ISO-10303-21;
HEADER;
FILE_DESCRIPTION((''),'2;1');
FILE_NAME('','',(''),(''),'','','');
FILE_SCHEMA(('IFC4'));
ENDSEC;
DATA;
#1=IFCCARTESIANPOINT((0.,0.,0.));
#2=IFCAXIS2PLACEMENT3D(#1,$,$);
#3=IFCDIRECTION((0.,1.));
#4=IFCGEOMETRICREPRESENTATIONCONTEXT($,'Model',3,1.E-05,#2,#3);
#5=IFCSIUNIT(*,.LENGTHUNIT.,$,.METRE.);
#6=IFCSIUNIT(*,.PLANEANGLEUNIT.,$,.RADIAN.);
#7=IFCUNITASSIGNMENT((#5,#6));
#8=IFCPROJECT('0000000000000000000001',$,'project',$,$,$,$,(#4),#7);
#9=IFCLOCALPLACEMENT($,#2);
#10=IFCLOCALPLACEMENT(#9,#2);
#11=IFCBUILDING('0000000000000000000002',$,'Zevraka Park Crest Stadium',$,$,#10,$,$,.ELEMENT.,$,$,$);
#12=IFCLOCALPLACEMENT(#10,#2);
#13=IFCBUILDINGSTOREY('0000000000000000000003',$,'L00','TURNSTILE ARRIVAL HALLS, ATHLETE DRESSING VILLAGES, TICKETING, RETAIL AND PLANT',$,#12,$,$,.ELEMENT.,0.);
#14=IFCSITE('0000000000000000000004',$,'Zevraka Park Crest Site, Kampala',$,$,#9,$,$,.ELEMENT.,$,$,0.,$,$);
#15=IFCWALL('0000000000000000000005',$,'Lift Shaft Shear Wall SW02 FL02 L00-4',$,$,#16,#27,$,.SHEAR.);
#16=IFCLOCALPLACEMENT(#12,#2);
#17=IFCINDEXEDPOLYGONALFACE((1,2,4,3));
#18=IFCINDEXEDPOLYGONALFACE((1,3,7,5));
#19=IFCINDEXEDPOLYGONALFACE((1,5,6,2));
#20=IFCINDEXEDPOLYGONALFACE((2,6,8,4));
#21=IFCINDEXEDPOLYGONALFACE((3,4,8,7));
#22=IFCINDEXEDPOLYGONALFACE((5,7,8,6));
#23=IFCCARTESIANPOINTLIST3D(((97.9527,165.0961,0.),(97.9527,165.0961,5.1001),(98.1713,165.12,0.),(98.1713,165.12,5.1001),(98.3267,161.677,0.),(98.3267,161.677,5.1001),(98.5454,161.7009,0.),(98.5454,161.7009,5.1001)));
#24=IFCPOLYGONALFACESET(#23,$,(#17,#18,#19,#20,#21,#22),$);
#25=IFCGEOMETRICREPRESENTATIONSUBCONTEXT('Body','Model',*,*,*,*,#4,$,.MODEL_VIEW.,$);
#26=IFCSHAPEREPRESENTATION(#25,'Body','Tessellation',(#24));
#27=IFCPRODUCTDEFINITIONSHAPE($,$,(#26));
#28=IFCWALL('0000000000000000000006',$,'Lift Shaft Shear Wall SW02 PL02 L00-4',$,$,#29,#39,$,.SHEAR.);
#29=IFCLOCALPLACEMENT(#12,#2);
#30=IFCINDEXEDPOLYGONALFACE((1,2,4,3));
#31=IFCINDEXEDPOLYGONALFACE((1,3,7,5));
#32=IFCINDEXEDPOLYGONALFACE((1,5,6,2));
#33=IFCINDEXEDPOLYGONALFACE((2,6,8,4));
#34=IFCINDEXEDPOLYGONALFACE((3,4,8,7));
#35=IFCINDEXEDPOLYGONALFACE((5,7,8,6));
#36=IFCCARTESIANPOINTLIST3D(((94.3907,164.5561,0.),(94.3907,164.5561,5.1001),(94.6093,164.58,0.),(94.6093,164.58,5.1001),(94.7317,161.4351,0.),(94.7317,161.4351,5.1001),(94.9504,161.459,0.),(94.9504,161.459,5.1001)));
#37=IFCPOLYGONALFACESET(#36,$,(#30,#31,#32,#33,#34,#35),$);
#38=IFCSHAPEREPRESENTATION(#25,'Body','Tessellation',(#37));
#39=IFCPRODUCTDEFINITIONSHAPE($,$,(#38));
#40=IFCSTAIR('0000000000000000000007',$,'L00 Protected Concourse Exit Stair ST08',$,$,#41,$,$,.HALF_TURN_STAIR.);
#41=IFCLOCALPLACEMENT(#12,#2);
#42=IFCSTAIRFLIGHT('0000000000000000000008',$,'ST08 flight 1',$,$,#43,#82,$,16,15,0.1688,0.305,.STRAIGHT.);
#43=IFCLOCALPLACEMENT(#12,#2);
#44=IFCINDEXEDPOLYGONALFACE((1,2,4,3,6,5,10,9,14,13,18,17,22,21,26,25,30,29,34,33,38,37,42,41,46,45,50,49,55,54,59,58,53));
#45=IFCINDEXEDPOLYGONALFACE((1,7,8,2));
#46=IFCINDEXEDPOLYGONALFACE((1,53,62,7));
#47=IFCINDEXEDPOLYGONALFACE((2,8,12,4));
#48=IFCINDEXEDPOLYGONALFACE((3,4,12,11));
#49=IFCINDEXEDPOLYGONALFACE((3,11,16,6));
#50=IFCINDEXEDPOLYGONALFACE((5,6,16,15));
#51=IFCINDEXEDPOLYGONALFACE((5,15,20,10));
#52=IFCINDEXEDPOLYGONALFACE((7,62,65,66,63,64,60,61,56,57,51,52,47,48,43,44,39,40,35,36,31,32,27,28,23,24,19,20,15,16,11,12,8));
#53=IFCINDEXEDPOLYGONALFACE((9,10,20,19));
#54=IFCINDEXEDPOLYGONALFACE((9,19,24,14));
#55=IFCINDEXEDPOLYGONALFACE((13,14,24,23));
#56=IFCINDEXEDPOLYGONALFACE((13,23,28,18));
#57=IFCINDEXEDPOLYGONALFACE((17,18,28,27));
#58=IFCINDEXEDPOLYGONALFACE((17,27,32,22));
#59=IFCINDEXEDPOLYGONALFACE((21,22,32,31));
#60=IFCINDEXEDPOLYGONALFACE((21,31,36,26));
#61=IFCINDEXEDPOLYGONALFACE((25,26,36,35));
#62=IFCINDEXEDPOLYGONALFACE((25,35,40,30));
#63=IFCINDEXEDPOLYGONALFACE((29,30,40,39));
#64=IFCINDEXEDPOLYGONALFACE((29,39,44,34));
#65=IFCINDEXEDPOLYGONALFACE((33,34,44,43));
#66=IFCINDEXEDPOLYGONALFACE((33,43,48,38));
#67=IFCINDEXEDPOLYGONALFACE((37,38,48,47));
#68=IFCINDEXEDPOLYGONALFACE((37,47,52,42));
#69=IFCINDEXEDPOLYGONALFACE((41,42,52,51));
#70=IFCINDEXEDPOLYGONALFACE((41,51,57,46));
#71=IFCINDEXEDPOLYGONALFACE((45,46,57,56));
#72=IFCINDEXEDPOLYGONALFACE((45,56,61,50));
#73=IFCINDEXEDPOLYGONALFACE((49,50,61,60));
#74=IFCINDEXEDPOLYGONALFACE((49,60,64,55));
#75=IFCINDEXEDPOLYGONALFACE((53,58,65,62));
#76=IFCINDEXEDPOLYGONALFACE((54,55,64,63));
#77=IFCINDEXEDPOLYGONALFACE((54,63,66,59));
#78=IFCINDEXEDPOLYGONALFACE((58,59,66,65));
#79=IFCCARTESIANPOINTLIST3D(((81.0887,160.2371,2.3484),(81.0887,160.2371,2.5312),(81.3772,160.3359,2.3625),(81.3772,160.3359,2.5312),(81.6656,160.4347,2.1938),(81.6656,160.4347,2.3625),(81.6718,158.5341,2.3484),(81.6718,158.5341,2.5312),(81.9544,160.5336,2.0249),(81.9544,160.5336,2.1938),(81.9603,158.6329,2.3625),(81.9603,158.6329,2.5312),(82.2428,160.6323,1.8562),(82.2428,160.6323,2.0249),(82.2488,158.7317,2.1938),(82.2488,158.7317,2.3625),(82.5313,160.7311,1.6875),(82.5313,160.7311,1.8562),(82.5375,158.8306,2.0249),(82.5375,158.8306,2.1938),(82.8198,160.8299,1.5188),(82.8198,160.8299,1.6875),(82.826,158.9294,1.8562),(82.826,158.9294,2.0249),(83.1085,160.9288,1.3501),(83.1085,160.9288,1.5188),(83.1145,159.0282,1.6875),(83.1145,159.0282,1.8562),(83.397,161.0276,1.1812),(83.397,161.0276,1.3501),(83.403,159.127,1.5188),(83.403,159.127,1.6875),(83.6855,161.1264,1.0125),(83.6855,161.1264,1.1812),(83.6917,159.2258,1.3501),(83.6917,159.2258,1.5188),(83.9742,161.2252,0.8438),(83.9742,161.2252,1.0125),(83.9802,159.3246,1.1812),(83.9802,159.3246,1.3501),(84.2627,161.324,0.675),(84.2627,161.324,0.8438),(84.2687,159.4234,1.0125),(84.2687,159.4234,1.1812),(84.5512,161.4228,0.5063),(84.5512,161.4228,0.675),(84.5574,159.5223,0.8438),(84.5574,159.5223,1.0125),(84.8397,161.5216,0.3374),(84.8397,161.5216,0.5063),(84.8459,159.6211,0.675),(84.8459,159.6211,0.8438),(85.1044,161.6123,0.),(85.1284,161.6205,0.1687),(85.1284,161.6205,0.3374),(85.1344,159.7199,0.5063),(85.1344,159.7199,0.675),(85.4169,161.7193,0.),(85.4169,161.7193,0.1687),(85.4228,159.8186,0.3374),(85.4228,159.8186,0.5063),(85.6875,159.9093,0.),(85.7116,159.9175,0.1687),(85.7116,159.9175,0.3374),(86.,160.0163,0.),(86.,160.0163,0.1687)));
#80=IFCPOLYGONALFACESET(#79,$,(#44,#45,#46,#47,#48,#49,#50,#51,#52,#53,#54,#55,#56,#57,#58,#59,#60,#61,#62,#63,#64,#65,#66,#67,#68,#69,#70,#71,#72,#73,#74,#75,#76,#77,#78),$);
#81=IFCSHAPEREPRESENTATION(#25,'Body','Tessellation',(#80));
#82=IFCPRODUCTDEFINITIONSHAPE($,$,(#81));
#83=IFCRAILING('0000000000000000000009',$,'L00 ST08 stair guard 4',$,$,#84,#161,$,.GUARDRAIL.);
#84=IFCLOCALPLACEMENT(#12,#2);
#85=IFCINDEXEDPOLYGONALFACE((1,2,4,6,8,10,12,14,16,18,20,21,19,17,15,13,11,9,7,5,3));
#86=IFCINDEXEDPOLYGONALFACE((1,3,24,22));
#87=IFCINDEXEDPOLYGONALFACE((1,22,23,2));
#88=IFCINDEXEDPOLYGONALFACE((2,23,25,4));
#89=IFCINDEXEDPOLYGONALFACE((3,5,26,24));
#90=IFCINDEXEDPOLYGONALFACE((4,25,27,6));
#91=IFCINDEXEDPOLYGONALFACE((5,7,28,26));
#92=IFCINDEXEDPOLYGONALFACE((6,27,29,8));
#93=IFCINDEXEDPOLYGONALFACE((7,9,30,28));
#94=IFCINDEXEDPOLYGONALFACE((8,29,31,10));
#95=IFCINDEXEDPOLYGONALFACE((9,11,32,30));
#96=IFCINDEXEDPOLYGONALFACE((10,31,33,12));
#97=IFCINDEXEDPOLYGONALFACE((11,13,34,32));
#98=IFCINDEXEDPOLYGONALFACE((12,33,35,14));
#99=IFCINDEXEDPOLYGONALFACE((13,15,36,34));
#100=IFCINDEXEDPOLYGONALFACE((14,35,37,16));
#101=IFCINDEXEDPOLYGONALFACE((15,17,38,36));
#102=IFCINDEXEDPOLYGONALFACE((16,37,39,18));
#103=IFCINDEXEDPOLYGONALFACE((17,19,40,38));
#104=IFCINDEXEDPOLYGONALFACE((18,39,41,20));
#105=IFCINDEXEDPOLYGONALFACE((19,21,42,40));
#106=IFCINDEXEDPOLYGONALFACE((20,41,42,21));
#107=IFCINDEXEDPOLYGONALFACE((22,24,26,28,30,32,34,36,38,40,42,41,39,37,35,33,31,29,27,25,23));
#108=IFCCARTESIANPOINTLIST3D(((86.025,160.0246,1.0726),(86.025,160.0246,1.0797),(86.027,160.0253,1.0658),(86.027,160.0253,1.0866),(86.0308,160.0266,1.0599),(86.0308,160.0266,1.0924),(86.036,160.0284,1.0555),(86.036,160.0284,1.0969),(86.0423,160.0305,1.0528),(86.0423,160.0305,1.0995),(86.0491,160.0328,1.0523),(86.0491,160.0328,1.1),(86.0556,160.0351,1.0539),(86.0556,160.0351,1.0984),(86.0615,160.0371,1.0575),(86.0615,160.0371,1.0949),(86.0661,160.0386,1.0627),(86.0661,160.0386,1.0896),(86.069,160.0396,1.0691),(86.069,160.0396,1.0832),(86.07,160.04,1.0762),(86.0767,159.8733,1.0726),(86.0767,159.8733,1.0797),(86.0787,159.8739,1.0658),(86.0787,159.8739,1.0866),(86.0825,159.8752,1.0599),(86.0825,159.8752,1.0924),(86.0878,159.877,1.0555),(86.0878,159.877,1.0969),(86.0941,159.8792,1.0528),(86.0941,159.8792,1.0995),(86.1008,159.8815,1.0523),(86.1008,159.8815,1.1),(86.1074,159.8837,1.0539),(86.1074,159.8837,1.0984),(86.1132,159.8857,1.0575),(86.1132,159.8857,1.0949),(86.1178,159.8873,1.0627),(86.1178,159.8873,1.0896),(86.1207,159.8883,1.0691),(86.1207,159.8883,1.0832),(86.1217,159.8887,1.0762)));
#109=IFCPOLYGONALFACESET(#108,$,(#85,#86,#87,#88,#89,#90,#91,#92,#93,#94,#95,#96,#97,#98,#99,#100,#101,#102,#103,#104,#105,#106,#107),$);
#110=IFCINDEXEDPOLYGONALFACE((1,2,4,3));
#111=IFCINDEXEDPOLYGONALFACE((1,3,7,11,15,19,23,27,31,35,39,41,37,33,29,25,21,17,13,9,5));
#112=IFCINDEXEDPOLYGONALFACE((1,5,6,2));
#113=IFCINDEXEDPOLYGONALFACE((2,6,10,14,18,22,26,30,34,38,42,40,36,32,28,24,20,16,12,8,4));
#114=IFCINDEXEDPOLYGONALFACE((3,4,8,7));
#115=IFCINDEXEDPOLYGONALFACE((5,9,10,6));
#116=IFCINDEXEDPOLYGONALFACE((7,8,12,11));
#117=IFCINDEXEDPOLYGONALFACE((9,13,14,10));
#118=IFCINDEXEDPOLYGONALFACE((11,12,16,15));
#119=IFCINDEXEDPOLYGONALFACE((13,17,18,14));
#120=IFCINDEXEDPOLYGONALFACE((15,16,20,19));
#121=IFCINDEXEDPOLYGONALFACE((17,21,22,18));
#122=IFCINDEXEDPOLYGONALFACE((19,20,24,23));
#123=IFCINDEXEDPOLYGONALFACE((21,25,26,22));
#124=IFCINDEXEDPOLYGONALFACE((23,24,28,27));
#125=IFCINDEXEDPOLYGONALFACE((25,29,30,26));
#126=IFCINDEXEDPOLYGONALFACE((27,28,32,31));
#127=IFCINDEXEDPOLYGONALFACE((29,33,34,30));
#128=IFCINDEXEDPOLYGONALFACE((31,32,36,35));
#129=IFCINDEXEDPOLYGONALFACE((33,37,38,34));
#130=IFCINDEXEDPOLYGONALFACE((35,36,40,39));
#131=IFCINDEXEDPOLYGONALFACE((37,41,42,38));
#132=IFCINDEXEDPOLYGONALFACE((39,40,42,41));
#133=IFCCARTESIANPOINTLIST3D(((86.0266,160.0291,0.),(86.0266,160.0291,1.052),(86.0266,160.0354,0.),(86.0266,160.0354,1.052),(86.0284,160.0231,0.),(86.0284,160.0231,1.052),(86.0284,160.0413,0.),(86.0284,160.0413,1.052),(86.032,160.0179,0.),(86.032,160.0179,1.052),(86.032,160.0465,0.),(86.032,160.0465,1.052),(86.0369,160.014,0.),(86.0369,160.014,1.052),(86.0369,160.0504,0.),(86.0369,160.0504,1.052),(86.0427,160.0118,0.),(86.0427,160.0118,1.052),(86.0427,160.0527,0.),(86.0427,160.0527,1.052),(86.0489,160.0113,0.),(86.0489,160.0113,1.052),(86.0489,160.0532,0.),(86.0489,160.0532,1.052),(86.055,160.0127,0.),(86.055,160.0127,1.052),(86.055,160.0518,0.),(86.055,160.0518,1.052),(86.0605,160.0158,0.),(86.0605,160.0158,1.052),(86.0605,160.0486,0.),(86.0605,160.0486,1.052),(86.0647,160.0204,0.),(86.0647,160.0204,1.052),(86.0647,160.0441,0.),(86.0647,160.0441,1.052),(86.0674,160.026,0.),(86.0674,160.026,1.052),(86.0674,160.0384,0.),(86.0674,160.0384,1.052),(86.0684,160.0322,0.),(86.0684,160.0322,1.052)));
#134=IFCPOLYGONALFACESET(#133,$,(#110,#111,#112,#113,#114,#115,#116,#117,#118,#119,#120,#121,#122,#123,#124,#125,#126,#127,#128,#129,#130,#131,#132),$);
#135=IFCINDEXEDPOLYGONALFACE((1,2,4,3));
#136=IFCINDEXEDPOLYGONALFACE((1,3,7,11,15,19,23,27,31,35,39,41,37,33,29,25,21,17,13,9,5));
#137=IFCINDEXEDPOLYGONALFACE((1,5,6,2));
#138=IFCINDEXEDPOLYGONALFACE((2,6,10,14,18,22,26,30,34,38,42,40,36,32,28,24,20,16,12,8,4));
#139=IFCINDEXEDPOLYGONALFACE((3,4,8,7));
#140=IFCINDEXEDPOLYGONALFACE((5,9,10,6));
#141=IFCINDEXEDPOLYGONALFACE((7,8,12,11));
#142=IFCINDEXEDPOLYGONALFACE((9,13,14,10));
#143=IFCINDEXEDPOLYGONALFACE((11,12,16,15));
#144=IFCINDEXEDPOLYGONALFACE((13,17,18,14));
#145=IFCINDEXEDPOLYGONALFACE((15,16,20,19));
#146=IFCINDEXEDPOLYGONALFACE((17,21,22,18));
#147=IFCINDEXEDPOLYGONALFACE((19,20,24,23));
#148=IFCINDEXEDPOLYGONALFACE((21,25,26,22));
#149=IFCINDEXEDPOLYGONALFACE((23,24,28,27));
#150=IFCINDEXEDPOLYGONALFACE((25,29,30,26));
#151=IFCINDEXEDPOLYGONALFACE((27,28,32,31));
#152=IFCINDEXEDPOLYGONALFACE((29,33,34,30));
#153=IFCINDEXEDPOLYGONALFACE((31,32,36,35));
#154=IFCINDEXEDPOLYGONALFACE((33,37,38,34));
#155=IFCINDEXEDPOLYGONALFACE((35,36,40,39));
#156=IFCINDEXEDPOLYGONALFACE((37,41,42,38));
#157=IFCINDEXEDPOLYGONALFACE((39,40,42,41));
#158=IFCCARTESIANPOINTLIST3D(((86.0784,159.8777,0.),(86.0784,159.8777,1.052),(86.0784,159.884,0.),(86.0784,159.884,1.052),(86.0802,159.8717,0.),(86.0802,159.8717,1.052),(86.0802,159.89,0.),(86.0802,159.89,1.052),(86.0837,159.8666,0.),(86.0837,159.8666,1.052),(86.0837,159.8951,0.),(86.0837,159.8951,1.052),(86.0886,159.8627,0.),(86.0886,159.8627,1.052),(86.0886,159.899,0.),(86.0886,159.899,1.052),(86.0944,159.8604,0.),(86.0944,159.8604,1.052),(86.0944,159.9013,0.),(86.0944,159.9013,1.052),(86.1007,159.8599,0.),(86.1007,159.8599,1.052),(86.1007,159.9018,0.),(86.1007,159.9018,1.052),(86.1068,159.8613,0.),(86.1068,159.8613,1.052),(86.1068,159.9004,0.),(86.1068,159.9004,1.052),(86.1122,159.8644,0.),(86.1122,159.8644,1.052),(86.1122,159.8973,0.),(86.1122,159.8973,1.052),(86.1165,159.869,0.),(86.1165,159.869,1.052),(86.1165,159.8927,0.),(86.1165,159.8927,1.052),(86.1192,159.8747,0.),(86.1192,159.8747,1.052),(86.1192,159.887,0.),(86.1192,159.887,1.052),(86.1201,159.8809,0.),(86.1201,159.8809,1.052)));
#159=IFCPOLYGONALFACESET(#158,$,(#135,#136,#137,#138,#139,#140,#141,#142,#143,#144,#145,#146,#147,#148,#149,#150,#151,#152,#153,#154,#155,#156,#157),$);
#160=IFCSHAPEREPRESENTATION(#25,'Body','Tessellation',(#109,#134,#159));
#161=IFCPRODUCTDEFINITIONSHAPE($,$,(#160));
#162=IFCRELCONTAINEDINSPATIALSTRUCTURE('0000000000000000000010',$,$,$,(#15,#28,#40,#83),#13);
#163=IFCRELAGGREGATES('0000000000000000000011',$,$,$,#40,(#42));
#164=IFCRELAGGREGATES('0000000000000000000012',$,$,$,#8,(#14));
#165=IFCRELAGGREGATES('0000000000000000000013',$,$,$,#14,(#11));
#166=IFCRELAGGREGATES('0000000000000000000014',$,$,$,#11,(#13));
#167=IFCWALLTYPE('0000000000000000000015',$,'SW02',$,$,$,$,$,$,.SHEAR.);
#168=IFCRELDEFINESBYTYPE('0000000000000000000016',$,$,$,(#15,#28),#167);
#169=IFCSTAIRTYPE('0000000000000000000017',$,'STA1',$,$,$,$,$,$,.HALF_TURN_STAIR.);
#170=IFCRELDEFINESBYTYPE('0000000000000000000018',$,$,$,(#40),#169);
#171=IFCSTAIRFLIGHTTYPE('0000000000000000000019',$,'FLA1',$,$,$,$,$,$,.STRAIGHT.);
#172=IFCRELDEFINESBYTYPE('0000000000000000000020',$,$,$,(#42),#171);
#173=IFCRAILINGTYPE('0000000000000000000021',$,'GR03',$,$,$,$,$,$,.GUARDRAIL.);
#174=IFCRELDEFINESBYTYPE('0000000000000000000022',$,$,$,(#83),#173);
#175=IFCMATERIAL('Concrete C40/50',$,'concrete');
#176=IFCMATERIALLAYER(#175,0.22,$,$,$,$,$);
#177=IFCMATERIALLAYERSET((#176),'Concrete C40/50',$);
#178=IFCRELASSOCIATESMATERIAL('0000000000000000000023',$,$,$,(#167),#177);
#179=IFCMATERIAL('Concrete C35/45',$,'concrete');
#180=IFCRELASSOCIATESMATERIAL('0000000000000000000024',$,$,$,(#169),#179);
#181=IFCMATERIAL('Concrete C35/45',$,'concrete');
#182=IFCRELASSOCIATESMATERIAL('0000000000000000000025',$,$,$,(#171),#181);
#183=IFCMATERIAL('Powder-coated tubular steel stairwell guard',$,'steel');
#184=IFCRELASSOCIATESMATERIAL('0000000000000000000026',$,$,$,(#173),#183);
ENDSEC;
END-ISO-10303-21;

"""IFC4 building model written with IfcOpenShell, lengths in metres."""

from ifc_helpers import new_model, si_unit, direction, frame, frame_2d, origin, origin_2d, place, context, subcontext, project, spatial, polyline, rectangle, circle, outline, extrude, material, layer, layer_set, type_object, element, aggregate, save


model = new_model("IFC4")

# Units and contexts
model_context = context("Model", 3, precision=1e-05, world=origin(), true_north=direction((0.0, 1.0)))
body_context = subcontext(model_context, "Body", "Model", "MODEL_VIEW")
ifc_project = project(units=[si_unit("LENGTHUNIT", "METRE"), si_unit("PLANEANGLEUNIT", "RADIAN")], contexts=[model_context])

# Site, building, storey
site_placement = place(None, origin())
site = spatial("IfcSite", under=ifc_project, at=site_placement, Name="Zevraka Park Crest Site, Kampala", CompositionType="ELEMENT", RefElevation=0.0)
building_placement = place(site_placement, origin())
building = spatial("IfcBuilding", under=site, at=building_placement, Name="Zevraka Park Crest Stadium", CompositionType="ELEMENT")
storey_placement = place(building_placement, origin())
storey = spatial("IfcBuildingStorey", under=building, at=storey_placement, Name="L00", Description="TURNSTILE ARRIVAL HALLS, ATHLETE DRESSING VILLAGES, TICKETING, RETAIL AND PLANT", CompositionType="ELEMENT", Elevation=0.0)

# Shared definitions
ifc_material_1 = material(Name="Concrete C40/50", Category="concrete")
ifc_layer_1 = layer(ifc_material_1, 0.22)
ifc_layer_set_1 = layer_set([ifc_layer_1], Name="Concrete C40/50")
wall_type_1 = type_object("IfcWallType", Name="SW02", PredefinedType="SHEAR", material=ifc_layer_set_1)

# Wall
wall_1_placement = place(storey_placement, frame((98.436, 161.689, 0.0), z_axis=(0.0, 0.0, 1.0), x_axis=(-0.108749, 0.994069, 0.0)))
element("IfcWall", 1, at=wall_1_placement, inside=storey, type_object=wall_type_1, Name="Lift Shaft Shear Wall SW02 FL02 L00-4", PredefinedType="SHEAR", context=body_context, shape_type="SweptSolid", body=[
    extrude(rectangle(XDim=3.4395, YDim=0.22, at=frame_2d((1.7197, 0.0))), origin(), (0.0, 0.0, 1.0), 5.1001),
])

# Wall
wall_2_placement = place(storey_placement, frame((94.8411, 161.447, 0.0), z_axis=(0.0, 0.0, 1.0), x_axis=(-0.108631, 0.994082, 0.0)))
element("IfcWall", 2, at=wall_2_placement, inside=storey, type_object=wall_type_1, Name="Lift Shaft Shear Wall SW02 PL02 L00-4", PredefinedType="SHEAR", context=body_context, shape_type="SweptSolid", body=[
    extrude(rectangle(XDim=3.1396, YDim=0.22, at=frame_2d((1.5698, 0.0))), origin(), (0.0, 0.0, 1.0), 5.1001),
])

# Stair, stair flight
ifc_material_2 = material(Name="Concrete C35/45", Category="concrete")
stair_type = type_object("IfcStairType", Name="STA1", PredefinedType="HALF_TURN_STAIR", material=ifc_material_2)
stair_placement = place(storey_placement, origin())
stair = element("IfcStair", 3, at=stair_placement, inside=storey, type_object=stair_type, Name="L00 Protected Concourse Exit Stair ST08", PredefinedType="HALF_TURN_STAIR")
ifc_material_3 = material(Name="Concrete C35/45", Category="concrete")
stair_flight_type = type_object("IfcStairFlightType", Name="FLA1", PredefinedType="STRAIGHT", material=ifc_material_3)
stair_flight_placement = place(storey_placement, frame((85.7085, 160.8677, 0.0), z_axis=(0.0, 0.0, 1.0), x_axis=(-0.946066, -0.323974, 0.0)))
stair_flight = element("IfcStairFlight", 4, at=stair_flight_placement, type_object=stair_flight_type, Name="ST08 flight 1", NumberOfRisers=16, NumberOfTreads=15, PredefinedType="STRAIGHT", RiserHeight=0.1688, TreadLength=0.305, context=body_context, shape_type="SweptSolid", body=[
    extrude(outline(polyline([(0.0, 0.0), (0.0, 0.1687), (0.3049, 0.1687), (0.3049, 0.3374), (0.6101, 0.3374), (0.6101, 0.5063), (0.915, 0.5063), (0.915, 0.675), (1.22, 0.675), (1.22, 0.8438), (1.5249, 0.8438), (1.5249, 1.0125), (1.8301, 1.0125), (1.8301, 1.1812), (2.135, 1.1812), (2.135, 1.3501), (2.4399, 1.3501), (2.4399, 1.5188), (2.7451, 1.5188), (2.7451, 1.6875), (3.05, 1.6875), (3.05, 1.8562), (3.355, 1.8562), (3.355, 2.0249), (3.6599, 2.0249), (3.6599, 2.1938), (3.9651, 2.1938), (3.9651, 2.3625), (4.27, 2.3625), (4.27, 2.5312), (4.575, 2.5312), (4.575, 2.7), (4.575, 2.3484), (0.3303, 0.0), (0.0, 0.0)])), frame((0.0, 0.8999, 0.0), z_axis=(0.0, -1.0, 0.0), x_axis=(1.0, 0.0, 0.0)), (0.0, 0.0, 1.0), 1.8),
])
aggregate(stair, [stair_flight])

# Railing
ifc_material_4 = material(Name="Powder-coated tubular steel stairwell guard", Category="steel")
railing_type_1 = type_object("IfcRailingType", Name="GR03", PredefinedType="GUARDRAIL", material=ifc_material_4)
railing_1_placement = place(storey_placement, frame((86.0474, 160.0322, 0.0)))
element("IfcRailing", 5, at=railing_1_placement, inside=storey, type_object=railing_type_1, Name="L00 ST08 stair guard 4", PredefinedType="GUARDRAIL", context=body_context, shape_type="SweptSolid", body=[
    extrude(circle(Radius=0.0239, at=origin_2d()), frame((0.0, 0.0, 1.0762), z_axis=(0.323544, -0.946213, 0.0), x_axis=(0.946213, 0.323544, 0.0)), (0.0, 0.0, 1.0), 0.1599),
    extrude(circle(Radius=0.021, at=origin_2d()), origin(), (0.0, 0.0, 1.0), 1.052),
    extrude(circle(Radius=0.021, at=origin_2d()), frame((0.0518, -0.1514, 0.0)), (0.0, 0.0, 1.0), 1.052),
])

save(model, "model.ifc")
